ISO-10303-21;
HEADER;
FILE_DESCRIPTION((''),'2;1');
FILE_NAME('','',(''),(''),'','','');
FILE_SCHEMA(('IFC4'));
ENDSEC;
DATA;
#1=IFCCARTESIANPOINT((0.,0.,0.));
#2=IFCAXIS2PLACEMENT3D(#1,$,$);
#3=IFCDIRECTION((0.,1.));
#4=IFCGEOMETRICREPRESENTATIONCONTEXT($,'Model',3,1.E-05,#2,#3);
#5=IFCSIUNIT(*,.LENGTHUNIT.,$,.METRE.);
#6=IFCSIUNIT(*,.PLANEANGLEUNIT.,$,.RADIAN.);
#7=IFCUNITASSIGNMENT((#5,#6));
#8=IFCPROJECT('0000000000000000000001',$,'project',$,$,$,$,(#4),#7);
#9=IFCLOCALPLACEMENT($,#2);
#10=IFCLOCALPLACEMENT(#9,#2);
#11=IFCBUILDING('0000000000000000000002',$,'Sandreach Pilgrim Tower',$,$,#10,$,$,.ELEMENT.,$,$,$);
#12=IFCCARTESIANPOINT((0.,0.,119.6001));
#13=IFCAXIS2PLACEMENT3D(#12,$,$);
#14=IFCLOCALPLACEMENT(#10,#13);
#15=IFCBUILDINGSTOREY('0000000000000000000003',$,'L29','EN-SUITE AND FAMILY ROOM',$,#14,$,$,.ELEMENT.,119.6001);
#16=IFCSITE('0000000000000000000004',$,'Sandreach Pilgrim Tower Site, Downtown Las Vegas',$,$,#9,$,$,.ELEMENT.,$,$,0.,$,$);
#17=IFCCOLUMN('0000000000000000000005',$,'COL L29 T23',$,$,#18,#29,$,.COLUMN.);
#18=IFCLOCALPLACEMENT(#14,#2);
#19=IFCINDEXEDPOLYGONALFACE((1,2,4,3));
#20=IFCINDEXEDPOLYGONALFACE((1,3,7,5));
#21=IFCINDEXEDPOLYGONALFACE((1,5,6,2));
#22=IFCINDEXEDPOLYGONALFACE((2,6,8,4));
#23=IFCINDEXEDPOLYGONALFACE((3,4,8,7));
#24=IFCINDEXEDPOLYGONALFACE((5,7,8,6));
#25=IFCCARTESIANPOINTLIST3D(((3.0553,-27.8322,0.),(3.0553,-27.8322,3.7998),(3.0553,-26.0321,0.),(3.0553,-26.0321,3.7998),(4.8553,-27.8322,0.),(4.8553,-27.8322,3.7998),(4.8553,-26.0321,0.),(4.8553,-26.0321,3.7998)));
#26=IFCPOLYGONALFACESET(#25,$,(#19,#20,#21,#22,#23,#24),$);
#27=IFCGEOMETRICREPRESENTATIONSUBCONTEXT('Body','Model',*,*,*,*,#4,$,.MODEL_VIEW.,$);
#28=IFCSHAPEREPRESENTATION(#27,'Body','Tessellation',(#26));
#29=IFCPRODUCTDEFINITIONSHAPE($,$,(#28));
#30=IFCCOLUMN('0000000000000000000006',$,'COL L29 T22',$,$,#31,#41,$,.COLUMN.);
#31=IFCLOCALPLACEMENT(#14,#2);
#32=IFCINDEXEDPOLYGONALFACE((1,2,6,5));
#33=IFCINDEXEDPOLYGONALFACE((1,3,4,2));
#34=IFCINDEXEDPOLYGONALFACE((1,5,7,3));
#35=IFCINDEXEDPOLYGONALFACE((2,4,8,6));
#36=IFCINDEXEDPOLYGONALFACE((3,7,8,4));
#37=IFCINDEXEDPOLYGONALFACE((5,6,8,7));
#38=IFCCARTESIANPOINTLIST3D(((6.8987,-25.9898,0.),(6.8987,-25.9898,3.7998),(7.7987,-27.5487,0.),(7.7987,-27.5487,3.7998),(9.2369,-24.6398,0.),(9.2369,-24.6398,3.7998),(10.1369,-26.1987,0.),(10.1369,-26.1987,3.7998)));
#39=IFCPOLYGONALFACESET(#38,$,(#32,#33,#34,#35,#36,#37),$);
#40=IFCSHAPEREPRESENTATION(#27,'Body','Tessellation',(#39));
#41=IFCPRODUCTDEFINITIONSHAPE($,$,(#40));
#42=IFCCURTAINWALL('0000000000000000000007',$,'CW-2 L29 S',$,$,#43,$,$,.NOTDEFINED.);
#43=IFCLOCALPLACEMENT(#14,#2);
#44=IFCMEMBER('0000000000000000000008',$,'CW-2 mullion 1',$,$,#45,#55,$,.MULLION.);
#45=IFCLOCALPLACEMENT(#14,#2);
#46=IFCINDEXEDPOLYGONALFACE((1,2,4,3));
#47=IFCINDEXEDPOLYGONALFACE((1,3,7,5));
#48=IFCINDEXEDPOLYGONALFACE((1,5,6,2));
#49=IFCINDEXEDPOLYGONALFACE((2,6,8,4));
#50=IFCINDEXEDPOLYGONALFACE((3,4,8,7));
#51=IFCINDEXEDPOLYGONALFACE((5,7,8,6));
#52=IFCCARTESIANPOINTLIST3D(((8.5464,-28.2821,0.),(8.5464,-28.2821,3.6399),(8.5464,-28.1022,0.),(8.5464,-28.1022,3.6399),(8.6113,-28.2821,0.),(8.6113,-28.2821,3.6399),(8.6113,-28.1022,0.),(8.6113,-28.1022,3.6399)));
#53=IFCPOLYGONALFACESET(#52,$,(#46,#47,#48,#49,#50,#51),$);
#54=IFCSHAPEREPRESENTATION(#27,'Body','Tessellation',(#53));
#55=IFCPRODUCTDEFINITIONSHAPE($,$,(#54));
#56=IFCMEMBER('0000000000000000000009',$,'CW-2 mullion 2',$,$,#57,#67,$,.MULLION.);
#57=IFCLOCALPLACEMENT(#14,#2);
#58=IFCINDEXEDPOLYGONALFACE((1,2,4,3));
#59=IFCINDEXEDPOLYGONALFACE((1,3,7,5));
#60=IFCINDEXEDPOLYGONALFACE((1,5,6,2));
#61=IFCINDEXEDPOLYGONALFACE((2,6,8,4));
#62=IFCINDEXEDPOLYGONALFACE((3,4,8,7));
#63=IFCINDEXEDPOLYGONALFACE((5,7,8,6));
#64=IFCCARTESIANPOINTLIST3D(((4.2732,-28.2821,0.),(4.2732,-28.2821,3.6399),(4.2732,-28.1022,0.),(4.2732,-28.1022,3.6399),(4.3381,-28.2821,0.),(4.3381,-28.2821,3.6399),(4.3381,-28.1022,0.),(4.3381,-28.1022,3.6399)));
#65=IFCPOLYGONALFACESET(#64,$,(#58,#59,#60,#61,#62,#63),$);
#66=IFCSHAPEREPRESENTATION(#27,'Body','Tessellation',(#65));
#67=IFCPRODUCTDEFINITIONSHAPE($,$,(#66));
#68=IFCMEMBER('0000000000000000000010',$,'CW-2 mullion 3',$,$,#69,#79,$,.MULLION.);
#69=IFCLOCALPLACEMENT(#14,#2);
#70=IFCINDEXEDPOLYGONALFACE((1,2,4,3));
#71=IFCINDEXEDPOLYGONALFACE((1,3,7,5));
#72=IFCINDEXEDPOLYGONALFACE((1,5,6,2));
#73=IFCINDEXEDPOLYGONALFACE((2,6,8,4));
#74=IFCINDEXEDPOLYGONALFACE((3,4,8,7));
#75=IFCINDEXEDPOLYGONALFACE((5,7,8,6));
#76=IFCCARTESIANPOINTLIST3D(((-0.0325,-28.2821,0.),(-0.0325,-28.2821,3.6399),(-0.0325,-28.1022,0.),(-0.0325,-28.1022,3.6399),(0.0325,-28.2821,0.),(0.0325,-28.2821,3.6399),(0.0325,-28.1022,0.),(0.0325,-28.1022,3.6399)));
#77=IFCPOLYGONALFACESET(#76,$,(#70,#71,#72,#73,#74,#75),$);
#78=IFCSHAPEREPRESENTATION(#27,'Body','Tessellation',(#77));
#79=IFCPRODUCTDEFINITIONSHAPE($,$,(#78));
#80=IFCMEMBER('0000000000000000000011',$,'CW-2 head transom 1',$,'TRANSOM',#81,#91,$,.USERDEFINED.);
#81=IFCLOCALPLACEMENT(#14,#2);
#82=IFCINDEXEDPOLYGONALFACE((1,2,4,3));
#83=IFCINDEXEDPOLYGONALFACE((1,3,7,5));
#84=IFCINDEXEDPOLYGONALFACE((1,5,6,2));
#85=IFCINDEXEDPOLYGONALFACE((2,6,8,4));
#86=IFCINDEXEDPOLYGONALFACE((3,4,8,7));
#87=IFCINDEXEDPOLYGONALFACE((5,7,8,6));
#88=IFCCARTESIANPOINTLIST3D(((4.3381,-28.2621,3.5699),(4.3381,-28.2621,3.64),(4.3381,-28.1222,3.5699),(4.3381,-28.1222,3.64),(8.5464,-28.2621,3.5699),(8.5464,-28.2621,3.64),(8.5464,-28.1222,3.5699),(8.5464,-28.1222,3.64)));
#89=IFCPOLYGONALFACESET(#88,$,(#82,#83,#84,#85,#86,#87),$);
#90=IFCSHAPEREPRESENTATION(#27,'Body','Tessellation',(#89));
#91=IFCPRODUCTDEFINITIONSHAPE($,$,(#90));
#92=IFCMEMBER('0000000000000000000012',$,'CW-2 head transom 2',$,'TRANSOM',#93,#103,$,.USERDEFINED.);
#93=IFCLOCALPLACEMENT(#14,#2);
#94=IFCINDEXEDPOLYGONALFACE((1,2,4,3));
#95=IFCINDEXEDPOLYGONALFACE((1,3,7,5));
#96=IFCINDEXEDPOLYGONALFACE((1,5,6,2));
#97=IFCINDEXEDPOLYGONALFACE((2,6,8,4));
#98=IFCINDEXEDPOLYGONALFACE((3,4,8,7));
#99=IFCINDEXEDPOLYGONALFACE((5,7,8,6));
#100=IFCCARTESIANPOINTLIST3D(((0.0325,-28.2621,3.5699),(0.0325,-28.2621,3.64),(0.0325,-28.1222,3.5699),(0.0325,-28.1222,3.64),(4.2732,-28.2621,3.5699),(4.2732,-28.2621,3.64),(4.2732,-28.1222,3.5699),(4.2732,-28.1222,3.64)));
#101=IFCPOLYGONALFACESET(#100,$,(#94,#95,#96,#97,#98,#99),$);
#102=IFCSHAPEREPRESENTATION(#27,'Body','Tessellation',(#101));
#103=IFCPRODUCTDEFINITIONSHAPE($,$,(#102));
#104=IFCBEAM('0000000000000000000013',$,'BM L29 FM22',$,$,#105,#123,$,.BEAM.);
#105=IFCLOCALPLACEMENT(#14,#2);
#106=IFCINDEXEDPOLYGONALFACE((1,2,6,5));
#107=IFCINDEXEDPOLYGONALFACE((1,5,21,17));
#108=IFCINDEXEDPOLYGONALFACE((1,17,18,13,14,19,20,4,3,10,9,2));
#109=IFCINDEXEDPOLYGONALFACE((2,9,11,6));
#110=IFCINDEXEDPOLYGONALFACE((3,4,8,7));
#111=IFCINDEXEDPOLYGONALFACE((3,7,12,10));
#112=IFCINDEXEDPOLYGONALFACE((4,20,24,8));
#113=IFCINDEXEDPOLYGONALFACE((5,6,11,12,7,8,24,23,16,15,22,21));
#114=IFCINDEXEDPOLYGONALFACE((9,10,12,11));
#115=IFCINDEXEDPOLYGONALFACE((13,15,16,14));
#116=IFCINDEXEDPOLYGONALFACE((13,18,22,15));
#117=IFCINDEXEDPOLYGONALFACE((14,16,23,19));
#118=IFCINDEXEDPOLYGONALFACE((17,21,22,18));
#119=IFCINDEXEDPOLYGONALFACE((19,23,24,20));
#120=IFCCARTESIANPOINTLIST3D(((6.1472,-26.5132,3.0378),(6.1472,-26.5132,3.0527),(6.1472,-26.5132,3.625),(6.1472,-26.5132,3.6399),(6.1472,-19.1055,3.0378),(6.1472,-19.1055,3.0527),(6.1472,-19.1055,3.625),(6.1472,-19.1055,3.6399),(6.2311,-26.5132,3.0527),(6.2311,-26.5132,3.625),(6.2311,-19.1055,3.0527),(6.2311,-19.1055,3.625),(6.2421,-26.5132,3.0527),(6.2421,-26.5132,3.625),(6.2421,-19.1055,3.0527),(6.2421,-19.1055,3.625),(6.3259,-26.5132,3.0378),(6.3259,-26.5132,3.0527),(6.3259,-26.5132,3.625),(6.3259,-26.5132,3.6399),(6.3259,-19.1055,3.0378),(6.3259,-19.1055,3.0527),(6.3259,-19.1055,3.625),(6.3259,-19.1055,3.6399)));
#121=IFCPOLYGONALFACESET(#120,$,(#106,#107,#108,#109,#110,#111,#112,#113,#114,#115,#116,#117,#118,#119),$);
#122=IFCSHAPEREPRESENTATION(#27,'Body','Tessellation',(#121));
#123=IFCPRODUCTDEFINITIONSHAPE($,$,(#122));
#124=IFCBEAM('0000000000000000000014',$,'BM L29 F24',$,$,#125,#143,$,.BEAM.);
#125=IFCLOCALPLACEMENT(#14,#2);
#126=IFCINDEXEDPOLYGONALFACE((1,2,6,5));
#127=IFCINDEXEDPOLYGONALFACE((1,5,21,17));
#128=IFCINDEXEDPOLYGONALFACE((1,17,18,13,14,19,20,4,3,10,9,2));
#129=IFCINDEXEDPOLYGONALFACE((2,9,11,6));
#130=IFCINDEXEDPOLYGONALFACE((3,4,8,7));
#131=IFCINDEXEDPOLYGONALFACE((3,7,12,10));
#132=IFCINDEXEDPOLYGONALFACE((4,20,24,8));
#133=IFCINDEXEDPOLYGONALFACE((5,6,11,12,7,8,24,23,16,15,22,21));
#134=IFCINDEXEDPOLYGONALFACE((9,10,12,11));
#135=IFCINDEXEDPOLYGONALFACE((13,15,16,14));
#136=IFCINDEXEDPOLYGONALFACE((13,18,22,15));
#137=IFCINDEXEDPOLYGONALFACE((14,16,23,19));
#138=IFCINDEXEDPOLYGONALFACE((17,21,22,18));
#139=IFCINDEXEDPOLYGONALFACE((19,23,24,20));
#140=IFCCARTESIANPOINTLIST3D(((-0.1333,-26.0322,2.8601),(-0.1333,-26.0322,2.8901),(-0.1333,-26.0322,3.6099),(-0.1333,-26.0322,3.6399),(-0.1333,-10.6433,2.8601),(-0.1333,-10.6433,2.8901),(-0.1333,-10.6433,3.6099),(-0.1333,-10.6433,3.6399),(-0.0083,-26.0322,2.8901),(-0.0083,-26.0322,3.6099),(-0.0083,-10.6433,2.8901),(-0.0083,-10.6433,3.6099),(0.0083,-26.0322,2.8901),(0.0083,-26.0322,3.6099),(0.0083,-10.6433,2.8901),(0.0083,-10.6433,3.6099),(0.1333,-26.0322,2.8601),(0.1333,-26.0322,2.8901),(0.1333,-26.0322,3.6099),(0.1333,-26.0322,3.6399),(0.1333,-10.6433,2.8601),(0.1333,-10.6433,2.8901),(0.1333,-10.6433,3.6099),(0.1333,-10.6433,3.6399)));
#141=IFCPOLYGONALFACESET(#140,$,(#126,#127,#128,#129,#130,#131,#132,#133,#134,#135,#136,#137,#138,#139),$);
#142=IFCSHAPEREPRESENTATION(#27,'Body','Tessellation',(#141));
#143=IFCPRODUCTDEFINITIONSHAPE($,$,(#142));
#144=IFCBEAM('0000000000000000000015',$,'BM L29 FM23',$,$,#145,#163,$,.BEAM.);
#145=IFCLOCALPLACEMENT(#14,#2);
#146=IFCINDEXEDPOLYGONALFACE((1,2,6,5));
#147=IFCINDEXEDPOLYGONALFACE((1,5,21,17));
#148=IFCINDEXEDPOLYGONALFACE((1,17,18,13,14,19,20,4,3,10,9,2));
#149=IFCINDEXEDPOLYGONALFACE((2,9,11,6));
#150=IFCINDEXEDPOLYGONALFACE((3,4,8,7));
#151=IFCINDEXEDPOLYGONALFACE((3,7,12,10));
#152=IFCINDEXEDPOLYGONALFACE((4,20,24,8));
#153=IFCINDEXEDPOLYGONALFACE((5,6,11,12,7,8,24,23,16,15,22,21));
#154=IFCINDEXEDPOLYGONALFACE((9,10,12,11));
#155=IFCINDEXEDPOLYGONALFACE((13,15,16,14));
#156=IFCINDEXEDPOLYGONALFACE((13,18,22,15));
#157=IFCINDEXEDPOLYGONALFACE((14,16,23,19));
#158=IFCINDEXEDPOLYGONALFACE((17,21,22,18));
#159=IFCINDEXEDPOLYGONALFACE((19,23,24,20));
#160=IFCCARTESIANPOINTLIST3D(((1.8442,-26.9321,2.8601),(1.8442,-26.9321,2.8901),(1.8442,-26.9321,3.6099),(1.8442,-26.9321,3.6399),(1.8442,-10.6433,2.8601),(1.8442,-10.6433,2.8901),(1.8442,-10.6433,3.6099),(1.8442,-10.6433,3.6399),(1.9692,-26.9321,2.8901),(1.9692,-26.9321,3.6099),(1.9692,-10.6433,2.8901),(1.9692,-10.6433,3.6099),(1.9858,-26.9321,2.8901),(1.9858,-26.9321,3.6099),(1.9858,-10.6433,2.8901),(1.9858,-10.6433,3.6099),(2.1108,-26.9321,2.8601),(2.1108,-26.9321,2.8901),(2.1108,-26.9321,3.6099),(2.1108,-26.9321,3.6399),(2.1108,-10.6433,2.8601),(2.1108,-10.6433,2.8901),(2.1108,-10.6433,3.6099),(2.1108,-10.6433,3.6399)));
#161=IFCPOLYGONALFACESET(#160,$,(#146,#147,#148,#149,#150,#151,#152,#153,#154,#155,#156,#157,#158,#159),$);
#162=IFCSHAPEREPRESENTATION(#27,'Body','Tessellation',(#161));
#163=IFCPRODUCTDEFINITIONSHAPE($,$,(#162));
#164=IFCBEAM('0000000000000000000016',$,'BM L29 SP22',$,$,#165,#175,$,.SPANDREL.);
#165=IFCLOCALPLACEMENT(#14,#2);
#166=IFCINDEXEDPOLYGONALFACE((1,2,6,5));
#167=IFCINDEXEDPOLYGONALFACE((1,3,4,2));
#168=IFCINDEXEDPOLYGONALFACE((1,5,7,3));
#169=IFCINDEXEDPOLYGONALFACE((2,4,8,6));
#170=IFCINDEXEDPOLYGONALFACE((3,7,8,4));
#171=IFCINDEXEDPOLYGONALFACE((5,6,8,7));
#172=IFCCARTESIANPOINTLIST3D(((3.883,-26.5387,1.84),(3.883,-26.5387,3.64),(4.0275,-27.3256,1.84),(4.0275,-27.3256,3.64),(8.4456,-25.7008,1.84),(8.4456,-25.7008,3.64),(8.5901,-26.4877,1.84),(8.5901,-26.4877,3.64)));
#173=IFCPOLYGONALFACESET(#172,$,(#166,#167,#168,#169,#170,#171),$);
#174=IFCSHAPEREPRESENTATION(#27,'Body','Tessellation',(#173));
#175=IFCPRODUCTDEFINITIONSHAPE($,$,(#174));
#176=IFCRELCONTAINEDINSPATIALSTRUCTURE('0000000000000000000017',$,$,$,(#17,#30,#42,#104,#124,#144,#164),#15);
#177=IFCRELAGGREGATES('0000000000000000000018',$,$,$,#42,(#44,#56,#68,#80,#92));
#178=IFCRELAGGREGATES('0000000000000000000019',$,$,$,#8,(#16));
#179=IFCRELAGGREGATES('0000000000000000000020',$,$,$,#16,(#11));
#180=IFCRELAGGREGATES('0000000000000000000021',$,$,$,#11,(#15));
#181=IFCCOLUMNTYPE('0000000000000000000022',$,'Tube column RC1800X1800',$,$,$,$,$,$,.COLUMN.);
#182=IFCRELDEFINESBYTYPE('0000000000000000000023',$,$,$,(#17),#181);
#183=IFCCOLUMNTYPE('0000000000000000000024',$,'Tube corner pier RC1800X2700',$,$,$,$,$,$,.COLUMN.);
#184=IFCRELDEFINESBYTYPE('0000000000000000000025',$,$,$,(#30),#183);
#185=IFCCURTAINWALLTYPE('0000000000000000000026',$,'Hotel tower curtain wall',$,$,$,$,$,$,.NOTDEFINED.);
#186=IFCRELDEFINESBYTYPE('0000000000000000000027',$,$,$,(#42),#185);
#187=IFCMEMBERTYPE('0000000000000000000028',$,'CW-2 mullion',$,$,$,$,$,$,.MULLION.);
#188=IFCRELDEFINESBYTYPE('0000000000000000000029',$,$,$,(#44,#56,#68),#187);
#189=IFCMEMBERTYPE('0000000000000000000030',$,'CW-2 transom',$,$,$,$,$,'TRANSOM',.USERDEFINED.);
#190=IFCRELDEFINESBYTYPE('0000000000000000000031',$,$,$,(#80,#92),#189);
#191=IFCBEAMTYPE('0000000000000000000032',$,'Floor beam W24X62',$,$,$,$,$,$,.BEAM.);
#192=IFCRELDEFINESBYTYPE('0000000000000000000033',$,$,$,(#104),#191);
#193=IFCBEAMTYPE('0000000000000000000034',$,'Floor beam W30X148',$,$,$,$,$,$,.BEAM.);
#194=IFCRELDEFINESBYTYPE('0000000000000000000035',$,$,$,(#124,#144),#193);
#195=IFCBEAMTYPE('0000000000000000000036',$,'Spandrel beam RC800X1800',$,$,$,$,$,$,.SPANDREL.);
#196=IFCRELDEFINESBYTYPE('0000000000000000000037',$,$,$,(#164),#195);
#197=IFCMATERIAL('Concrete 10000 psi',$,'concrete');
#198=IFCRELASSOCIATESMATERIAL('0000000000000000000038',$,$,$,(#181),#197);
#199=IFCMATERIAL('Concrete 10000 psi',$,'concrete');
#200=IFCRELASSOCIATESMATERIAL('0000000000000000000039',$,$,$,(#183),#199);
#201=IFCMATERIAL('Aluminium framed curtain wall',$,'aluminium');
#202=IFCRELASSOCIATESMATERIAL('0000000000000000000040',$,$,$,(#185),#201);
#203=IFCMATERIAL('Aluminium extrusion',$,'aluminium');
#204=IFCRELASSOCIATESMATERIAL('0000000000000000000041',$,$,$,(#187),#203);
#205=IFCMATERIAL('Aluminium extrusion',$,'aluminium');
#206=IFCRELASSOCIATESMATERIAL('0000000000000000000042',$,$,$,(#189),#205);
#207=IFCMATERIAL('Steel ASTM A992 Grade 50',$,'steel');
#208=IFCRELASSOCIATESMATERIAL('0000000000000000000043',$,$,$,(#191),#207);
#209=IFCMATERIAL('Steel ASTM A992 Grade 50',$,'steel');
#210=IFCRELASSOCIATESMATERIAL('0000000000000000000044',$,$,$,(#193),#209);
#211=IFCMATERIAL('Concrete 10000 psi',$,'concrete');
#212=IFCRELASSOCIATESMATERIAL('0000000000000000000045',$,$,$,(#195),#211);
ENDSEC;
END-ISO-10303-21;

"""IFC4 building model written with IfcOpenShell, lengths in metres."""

from ifc_helpers import new_model, si_unit, direction, frame, origin, origin_2d, place, context, subcontext, project, spatial, rectangle, i_section, extrude, material, material_profile, profile_set, type_object, element, aggregate, save


model = new_model("IFC4")

# Units and contexts
model_context = context("Model", 3, precision=1e-05, world=origin(), true_north=direction((0.0, 1.0)))
body_context = subcontext(model_context, "Body", "Model", "MODEL_VIEW")
ifc_project = project(units=[si_unit("LENGTHUNIT", "METRE"), si_unit("PLANEANGLEUNIT", "RADIAN")], contexts=[model_context])

# Site, building, storey
site_placement = place(None, origin())
site = spatial("IfcSite", under=ifc_project, at=site_placement, Name="Sandreach Pilgrim Tower Site, Downtown Las Vegas", CompositionType="ELEMENT", RefElevation=0.0)
building_placement = place(site_placement, origin())
building = spatial("IfcBuilding", under=site, at=building_placement, Name="Sandreach Pilgrim Tower", CompositionType="ELEMENT")
storey_placement = place(building_placement, frame((0.0, 0.0, 119.6001)))
storey = spatial("IfcBuildingStorey", under=building, at=storey_placement, Name="L29", Description="EN-SUITE AND FAMILY ROOM", CompositionType="ELEMENT", Elevation=119.6001)

# Columns
ifc_material_1 = material(Name="Concrete 10000 psi", Category="concrete")
ifc_material_profile_1 = material_profile(ifc_material_1, rectangle(XDim=1.8, YDim=1.8, at=origin_2d()), Name="RC1800X1800")
ifc_profile_set_1 = profile_set([ifc_material_profile_1], Name="Concrete 10000 psi")
column_type_1 = type_object("IfcColumnType", Name="Tube column RC1800X1800", PredefinedType="COLUMN", material=ifc_profile_set_1)
column_1_placement = place(storey_placement, frame((3.9553, -26.9321, 0.0), z_axis=(0.0, 0.0, 1.0), x_axis=(0.0, -1.0, 0.0)))
element("IfcColumn", 1, at=column_1_placement, inside=storey, type_object=column_type_1, Name="COL L29 T23", PredefinedType="COLUMN", context=body_context, shape_type="SweptSolid", body=[
    extrude(rectangle(XDim=1.8, YDim=1.8, at=origin_2d()), origin(), (0.0, 0.0, 1.0), 3.7998),
])
ifc_material_2 = material(Name="Concrete 10000 psi", Category="concrete")
ifc_material_profile_2 = material_profile(ifc_material_2, rectangle(XDim=1.8, YDim=2.7, at=origin_2d()), Name="RC1800X2700")
ifc_profile_set_2 = profile_set([ifc_material_profile_2], Name="Concrete 10000 psi")
column_type_2 = type_object("IfcColumnType", Name="Tube corner pier RC1800X2700", PredefinedType="COLUMN", material=ifc_profile_set_2)
column_2_placement = place(storey_placement, frame((8.5178, -26.0942, 0.0), z_axis=(0.0, 0.0, 1.0), x_axis=(0.5, -0.866025, 0.0)))
element("IfcColumn", 2, at=column_2_placement, inside=storey, type_object=column_type_2, Name="COL L29 T22", PredefinedType="COLUMN", context=body_context, shape_type="SweptSolid", body=[
    extrude(rectangle(XDim=1.8, YDim=2.7, at=origin_2d()), origin(), (0.0, 0.0, 1.0), 3.7998),
])

# Curtain wall, members
ifc_material_3 = material(Name="Aluminium framed curtain wall", Category="aluminium")
curtain_wall_type = type_object("IfcCurtainWallType", Name="Hotel tower curtain wall", PredefinedType="NOTDEFINED", material=ifc_material_3)
curtain_wall_placement = place(storey_placement, origin())
curtain_wall = element("IfcCurtainWall", 3, at=curtain_wall_placement, inside=storey, type_object=curtain_wall_type, Name="CW-2 L29 S", PredefinedType="NOTDEFINED")
ifc_material_4 = material(Name="Aluminium extrusion", Category="aluminium")
ifc_material_profile_3 = material_profile(ifc_material_4, rectangle(XDim=0.0649, YDim=0.1799, at=origin_2d()), Name="CW-2M 65X180")
ifc_profile_set_3 = profile_set([ifc_material_profile_3], Name="Aluminium extrusion")
member_type_1 = type_object("IfcMemberType", Name="CW-2 mullion", PredefinedType="MULLION", material=ifc_profile_set_3)
member_1_placement = place(storey_placement, frame((8.5789, -28.1921, 0.0), z_axis=(0.0, 0.0, 1.0), x_axis=(-1.0, 0.0, 0.0)))
member_1 = element("IfcMember", 4, at=member_1_placement, type_object=member_type_1, Name="CW-2 mullion 1", PredefinedType="MULLION", context=body_context, shape_type="SweptSolid", body=[
    extrude(rectangle(XDim=0.0649, YDim=0.1799, at=origin_2d()), origin(), (0.0, 0.0, 1.0), 3.6399),
])
member_2_placement = place(storey_placement, frame((4.3057, -28.1921, 0.0), z_axis=(0.0, 0.0, 1.0), x_axis=(-1.0, 0.0, 0.0)))
member_2 = element("IfcMember", 5, at=member_2_placement, type_object=member_type_1, Name="CW-2 mullion 2", PredefinedType="MULLION", context=body_context, shape_type="SweptSolid", body=[
    extrude(rectangle(XDim=0.0649, YDim=0.1799, at=origin_2d()), origin(), (0.0, 0.0, 1.0), 3.6399),
])
member_3_placement = place(storey_placement, frame((0.0, -28.1921, 0.0), z_axis=(0.0, 0.0, 1.0), x_axis=(-1.0, 0.0, 0.0)))
member_3 = element("IfcMember", 6, at=member_3_placement, type_object=member_type_1, Name="CW-2 mullion 3", PredefinedType="MULLION", context=body_context, shape_type="SweptSolid", body=[
    extrude(rectangle(XDim=0.0649, YDim=0.1799, at=origin_2d()), origin(), (0.0, 0.0, 1.0), 3.6399),
])
ifc_material_5 = material(Name="Aluminium extrusion", Category="aluminium")
ifc_material_profile_4 = material_profile(ifc_material_5, rectangle(XDim=0.1399, YDim=0.0701, at=origin_2d()), Name="CW-2T 140X70")
ifc_profile_set_4 = profile_set([ifc_material_profile_4], Name="Aluminium extrusion")
member_type_2 = type_object("IfcMemberType", Name="CW-2 transom", ElementType="TRANSOM", PredefinedType="USERDEFINED", material=ifc_profile_set_4)
member_4_placement = place(storey_placement, frame((8.5464, -28.1921, 3.605), z_axis=(-1.0, 0.0, 0.0), x_axis=(0.0, -1.0, 0.0)))
member_4 = element("IfcMember", 7, at=member_4_placement, type_object=member_type_2, Name="CW-2 head transom 1", ObjectType="TRANSOM", PredefinedType="USERDEFINED", context=body_context, shape_type="SweptSolid", body=[
    extrude(rectangle(XDim=0.1399, YDim=0.0701, at=origin_2d()), origin(), (0.0, 0.0, 1.0), 4.2083),
])
member_5_placement = place(storey_placement, frame((4.2732, -28.1921, 3.605), z_axis=(-1.0, 0.0, 0.0), x_axis=(0.0, -1.0, 0.0)))
member_5 = element("IfcMember", 8, at=member_5_placement, type_object=member_type_2, Name="CW-2 head transom 2", ObjectType="TRANSOM", PredefinedType="USERDEFINED", context=body_context, shape_type="SweptSolid", body=[
    extrude(rectangle(XDim=0.1399, YDim=0.0701, at=origin_2d()), origin(), (0.0, 0.0, 1.0), 4.2407),
])

# Beams
ifc_material_6 = material(Name="Steel ASTM A992 Grade 50", Category="steel")
ifc_material_profile_5 = material_profile(ifc_material_6, i_section(OverallWidth=0.1787, OverallDepth=0.6021, WebThickness=0.011, FlangeThickness=0.0149, at=origin_2d()), Name="W24X62")
ifc_profile_set_5 = profile_set([ifc_material_profile_5], Name="Steel ASTM A992 Grade 50")
beam_type_1 = type_object("IfcBeamType", Name="Floor beam W24X62", PredefinedType="BEAM", material=ifc_profile_set_5)
beam_1_placement = place(storey_placement, frame((6.2366, -26.5132, 3.3389), z_axis=(0.0, 1.0, 0.0), x_axis=(-1.0, 0.0, 0.0)))
element("IfcBeam", 9, at=beam_1_placement, inside=storey, type_object=beam_type_1, Name="BM L29 FM22", PredefinedType="BEAM", context=body_context, shape_type="SweptSolid", body=[
    extrude(i_section(OverallWidth=0.1787, OverallDepth=0.6021, WebThickness=0.011, FlangeThickness=0.0149, at=origin_2d()), origin(), (0.0, 0.0, 1.0), 7.4077),
])
ifc_material_7 = material(Name="Steel ASTM A992 Grade 50", Category="steel")
ifc_material_profile_6 = material_profile(ifc_material_7, i_section(OverallWidth=0.2666, OverallDepth=0.7798, WebThickness=0.0166, FlangeThickness=0.03, at=origin_2d()), Name="W30X148")
ifc_profile_set_6 = profile_set([ifc_material_profile_6], Name="Steel ASTM A992 Grade 50")
beam_type_2 = type_object("IfcBeamType", Name="Floor beam W30X148", PredefinedType="BEAM", material=ifc_profile_set_6)
beam_2_placement = place(storey_placement, frame((0.0, -26.0322, 3.25), z_axis=(0.0, 1.0, 0.0), x_axis=(-1.0, 0.0, 0.0)))
element("IfcBeam", 10, at=beam_2_placement, inside=storey, type_object=beam_type_2, Name="BM L29 F24", PredefinedType="BEAM", context=body_context, shape_type="SweptSolid", body=[
    extrude(i_section(OverallWidth=0.2666, OverallDepth=0.7798, WebThickness=0.0166, FlangeThickness=0.03, at=origin_2d()), origin(), (0.0, 0.0, 1.0), 15.3889),
])
beam_3_placement = place(storey_placement, frame((1.9775, -26.9321, 3.25), z_axis=(0.0, 1.0, 0.0), x_axis=(-1.0, 0.0, 0.0)))
element("IfcBeam", 11, at=beam_3_placement, inside=storey, type_object=beam_type_2, Name="BM L29 FM23", PredefinedType="BEAM", context=body_context, shape_type="SweptSolid", body=[
    extrude(i_section(OverallWidth=0.2666, OverallDepth=0.7798, WebThickness=0.0166, FlangeThickness=0.03, at=origin_2d()), origin(), (0.0, 0.0, 1.0), 16.2888),
])
ifc_material_8 = material(Name="Concrete 10000 psi", Category="concrete")
ifc_material_profile_7 = material_profile(ifc_material_8, rectangle(XDim=0.8, YDim=1.8, at=origin_2d()), Name="RC800X1800")
ifc_profile_set_7 = profile_set([ifc_material_profile_7], Name="Concrete 10000 psi")
beam_type_3 = type_object("IfcBeamType", Name="Spandrel beam RC800X1800", PredefinedType="SPANDREL", material=ifc_profile_set_7)
beam_4_placement = place(storey_placement, frame((8.5178, -26.0942, 2.74), z_axis=(-0.983552, -0.180627, 0.0), x_axis=(0.180627, -0.983552, 0.0)))
element("IfcBeam", 12, at=beam_4_placement, inside=storey, type_object=beam_type_3, Name="BM L29 SP22", PredefinedType="SPANDREL", context=body_context, shape_type="SweptSolid", body=[
    extrude(rectangle(XDim=0.8, YDim=1.8, at=origin_2d()), origin(), (0.0, 0.0, 1.0), 4.6389),
])

aggregate(curtain_wall, [member_1, member_2, member_3, member_4, member_5])

save(model, "model.ifc")
